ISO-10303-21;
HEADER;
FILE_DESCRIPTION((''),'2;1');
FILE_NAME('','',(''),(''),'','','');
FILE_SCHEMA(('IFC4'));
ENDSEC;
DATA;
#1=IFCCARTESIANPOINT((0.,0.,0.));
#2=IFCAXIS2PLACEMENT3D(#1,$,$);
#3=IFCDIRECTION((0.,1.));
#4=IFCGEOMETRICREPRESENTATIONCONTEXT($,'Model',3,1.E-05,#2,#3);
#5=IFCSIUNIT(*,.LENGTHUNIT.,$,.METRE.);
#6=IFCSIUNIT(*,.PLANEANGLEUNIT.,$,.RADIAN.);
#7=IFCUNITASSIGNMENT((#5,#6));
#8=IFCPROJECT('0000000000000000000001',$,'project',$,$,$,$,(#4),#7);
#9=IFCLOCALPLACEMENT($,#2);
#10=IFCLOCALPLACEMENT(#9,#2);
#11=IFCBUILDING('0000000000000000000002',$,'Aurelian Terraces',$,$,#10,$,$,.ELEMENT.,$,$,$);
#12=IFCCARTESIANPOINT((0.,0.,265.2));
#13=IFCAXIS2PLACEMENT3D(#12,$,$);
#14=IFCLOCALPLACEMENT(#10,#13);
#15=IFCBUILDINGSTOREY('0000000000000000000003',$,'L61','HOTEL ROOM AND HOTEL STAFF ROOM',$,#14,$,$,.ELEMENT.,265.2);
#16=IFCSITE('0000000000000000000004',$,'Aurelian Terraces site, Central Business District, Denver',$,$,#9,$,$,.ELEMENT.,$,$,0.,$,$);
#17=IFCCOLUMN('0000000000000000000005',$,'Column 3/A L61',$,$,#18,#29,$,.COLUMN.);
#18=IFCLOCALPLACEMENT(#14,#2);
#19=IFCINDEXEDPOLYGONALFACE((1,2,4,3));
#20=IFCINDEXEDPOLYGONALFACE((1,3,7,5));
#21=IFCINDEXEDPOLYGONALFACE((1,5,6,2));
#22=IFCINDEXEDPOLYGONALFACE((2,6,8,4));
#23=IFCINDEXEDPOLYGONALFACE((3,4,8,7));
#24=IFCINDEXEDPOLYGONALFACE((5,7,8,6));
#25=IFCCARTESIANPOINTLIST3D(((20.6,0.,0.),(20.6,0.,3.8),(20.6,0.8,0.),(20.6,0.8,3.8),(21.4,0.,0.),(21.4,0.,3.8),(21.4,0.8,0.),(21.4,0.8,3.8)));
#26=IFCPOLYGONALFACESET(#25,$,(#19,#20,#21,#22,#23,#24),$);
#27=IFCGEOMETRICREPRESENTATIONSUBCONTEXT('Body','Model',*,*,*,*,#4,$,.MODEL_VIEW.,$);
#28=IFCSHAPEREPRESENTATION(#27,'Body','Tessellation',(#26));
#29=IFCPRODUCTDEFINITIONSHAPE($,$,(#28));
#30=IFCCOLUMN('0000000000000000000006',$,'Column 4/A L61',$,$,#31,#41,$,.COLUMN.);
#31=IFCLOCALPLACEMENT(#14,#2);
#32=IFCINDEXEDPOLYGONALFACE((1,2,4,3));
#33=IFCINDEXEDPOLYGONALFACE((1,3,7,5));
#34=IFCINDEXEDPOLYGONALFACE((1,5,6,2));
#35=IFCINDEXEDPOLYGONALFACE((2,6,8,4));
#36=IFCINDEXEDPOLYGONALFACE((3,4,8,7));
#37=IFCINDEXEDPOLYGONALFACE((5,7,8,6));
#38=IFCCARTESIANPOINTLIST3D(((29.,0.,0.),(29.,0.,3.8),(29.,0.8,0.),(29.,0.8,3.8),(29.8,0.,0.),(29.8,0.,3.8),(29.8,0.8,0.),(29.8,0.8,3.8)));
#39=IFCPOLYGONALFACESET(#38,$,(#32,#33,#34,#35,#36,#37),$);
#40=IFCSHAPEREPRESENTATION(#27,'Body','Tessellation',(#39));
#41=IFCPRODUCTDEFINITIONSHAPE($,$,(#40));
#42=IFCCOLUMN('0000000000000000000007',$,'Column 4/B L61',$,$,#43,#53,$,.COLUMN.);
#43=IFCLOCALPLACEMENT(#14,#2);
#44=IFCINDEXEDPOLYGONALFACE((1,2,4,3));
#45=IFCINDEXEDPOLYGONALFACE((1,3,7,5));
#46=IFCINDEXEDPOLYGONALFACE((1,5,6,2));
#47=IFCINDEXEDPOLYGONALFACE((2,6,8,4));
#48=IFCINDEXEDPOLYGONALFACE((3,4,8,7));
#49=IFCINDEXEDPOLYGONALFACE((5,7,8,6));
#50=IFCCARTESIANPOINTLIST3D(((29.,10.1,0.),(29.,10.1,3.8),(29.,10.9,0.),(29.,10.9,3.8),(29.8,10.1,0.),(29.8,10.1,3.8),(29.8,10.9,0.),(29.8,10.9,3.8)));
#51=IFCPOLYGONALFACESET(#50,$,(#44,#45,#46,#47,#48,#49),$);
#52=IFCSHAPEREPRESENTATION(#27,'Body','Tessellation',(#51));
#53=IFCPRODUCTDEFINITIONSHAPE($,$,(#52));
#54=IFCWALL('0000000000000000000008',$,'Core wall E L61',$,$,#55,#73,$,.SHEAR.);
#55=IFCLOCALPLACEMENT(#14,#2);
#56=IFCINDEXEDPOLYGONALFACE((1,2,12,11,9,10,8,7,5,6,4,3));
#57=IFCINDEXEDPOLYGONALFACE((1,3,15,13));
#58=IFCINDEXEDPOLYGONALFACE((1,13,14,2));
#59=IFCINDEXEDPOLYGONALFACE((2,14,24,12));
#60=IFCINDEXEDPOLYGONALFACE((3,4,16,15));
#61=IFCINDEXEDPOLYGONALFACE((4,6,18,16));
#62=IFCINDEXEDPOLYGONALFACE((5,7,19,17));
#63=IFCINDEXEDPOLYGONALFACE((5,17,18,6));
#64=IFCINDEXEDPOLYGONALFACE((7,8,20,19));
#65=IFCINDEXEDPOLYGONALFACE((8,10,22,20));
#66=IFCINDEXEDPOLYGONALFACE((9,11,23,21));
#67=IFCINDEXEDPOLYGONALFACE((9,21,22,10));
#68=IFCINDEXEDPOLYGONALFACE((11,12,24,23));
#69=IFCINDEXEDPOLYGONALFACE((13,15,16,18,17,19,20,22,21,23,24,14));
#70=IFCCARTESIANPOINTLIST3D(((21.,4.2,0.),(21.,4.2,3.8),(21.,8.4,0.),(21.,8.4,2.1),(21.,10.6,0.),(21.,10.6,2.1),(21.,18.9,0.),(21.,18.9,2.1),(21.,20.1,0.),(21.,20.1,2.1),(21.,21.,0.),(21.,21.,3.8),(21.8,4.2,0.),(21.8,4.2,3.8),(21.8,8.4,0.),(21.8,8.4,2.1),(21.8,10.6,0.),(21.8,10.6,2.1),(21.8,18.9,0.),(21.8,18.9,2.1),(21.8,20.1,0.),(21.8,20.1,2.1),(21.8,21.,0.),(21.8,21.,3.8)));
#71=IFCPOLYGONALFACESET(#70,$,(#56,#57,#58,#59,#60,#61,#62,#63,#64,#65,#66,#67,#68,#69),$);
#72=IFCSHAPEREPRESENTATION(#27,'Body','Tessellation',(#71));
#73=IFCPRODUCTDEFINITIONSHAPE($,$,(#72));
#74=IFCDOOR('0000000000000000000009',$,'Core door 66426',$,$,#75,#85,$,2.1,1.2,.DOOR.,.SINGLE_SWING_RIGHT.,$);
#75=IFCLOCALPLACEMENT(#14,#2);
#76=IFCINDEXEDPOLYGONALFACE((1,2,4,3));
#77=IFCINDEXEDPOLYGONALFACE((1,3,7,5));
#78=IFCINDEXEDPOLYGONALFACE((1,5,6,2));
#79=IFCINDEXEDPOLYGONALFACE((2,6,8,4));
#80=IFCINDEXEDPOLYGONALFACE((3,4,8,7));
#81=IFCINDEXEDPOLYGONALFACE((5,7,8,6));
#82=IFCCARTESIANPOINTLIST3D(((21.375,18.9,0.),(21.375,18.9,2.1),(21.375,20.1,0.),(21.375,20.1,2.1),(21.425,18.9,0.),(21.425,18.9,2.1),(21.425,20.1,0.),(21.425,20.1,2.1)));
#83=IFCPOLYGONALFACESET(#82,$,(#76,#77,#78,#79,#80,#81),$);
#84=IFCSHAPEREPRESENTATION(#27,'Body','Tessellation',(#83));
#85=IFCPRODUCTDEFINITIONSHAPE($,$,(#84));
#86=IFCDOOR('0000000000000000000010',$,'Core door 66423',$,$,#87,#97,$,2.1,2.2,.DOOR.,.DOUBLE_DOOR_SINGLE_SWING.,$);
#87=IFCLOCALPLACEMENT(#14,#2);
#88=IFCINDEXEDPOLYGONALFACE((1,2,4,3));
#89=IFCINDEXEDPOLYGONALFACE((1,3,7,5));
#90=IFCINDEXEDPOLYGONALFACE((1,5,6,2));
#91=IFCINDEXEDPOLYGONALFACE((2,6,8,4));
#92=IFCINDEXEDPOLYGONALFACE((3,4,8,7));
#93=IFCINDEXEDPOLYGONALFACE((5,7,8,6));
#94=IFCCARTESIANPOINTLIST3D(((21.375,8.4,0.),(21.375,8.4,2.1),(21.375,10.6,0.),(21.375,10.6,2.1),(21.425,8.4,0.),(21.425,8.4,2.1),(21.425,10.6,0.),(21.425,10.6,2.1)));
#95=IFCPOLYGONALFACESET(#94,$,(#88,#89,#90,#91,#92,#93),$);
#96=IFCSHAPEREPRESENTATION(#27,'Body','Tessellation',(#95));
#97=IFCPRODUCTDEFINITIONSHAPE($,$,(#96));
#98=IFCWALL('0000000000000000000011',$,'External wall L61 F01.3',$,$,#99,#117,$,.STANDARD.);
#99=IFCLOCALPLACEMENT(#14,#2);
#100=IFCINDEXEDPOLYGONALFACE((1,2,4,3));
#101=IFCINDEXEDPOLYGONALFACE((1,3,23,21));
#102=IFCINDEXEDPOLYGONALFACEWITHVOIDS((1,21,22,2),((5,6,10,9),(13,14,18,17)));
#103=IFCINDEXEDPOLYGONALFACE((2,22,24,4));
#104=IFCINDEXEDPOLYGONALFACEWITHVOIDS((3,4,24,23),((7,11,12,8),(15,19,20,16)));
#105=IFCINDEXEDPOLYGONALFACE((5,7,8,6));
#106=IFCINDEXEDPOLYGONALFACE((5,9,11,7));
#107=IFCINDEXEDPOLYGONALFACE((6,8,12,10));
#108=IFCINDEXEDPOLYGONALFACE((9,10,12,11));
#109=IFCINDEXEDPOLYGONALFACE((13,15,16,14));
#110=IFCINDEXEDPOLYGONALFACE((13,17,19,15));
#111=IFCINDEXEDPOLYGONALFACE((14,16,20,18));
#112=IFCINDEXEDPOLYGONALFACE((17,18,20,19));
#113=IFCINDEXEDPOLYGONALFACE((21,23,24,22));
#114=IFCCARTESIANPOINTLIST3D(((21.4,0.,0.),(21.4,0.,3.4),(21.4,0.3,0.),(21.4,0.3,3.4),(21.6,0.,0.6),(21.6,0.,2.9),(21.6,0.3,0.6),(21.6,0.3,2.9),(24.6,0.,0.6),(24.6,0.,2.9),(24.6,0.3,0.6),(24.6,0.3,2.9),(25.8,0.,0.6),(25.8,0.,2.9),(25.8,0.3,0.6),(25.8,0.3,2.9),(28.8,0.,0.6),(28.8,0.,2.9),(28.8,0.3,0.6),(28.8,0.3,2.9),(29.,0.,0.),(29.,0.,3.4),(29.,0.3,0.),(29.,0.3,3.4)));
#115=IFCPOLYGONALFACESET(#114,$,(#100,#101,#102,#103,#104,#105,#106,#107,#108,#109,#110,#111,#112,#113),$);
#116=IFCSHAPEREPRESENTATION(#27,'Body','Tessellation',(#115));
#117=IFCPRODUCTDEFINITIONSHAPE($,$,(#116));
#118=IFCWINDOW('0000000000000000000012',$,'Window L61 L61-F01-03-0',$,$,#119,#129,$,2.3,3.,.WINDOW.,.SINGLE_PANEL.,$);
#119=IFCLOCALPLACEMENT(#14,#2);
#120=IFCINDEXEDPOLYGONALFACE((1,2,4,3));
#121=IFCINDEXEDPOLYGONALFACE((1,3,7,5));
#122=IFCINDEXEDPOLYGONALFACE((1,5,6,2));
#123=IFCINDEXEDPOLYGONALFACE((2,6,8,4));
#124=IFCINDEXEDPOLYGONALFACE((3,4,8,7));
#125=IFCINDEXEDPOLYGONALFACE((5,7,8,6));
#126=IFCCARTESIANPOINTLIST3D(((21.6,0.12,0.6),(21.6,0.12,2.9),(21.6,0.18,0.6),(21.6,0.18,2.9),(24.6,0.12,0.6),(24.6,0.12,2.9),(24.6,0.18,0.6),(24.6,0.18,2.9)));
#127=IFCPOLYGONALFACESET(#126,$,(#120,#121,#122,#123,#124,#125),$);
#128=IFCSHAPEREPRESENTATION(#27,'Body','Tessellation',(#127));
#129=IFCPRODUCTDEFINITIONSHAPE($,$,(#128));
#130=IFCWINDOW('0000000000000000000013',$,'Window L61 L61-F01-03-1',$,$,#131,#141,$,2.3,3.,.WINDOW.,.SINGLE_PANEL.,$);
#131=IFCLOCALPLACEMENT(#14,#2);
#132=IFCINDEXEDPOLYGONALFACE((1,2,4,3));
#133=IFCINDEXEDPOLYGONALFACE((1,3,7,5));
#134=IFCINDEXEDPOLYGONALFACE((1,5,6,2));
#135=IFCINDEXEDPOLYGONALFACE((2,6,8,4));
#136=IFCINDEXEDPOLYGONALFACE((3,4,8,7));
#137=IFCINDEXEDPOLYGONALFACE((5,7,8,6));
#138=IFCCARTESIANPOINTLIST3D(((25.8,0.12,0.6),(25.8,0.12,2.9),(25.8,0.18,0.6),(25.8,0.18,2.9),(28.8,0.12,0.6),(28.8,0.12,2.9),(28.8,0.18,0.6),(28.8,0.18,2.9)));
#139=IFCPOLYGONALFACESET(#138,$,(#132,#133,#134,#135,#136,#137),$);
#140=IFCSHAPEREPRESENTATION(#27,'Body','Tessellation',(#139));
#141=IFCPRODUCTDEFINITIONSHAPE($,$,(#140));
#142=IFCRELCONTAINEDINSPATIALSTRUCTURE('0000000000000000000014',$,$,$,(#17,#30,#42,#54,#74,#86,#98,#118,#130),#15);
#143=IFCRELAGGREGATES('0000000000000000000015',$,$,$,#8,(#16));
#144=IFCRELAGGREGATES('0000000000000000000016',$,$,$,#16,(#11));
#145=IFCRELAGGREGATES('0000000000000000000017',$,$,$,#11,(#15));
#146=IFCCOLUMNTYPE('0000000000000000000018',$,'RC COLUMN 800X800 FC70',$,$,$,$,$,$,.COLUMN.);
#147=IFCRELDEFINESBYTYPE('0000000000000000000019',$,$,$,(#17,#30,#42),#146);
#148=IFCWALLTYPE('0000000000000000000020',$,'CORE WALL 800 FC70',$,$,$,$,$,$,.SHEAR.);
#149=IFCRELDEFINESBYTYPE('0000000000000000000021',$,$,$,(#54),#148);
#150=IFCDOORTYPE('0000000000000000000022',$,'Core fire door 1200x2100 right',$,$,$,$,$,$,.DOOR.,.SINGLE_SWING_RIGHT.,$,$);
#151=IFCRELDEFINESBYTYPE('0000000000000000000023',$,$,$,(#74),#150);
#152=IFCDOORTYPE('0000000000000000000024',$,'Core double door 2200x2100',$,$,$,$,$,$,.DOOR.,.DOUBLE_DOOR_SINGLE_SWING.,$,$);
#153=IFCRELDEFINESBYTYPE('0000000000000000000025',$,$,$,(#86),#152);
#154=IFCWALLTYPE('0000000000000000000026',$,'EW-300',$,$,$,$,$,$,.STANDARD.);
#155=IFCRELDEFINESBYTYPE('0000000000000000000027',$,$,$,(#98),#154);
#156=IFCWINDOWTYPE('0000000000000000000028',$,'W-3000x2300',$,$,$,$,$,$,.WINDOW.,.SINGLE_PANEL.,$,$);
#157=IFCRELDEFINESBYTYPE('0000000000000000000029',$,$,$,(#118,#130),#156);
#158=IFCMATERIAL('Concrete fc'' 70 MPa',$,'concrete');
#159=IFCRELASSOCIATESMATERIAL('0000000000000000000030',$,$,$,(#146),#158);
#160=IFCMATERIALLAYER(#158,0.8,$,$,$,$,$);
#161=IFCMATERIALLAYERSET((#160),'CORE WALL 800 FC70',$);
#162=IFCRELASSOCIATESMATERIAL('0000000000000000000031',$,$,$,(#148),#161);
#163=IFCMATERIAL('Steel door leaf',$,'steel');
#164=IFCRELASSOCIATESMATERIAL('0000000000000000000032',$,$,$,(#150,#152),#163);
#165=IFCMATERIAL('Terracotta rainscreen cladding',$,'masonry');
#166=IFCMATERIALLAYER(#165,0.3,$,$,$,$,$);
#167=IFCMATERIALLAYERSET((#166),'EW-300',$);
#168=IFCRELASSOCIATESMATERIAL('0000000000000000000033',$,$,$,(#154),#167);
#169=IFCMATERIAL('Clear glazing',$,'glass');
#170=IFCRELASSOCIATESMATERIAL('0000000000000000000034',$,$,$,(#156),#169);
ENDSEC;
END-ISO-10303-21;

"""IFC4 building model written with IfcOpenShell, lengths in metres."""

from ifc_helpers import new_model, si_unit, direction, frame, frame_2d, origin, origin_2d, place, context, subcontext, project, spatial, rectangle, extrude, source, transform, mapped, material, layer, layer_set, material_profile, profile_set, type_object, element, fill, save


model = new_model("IFC4")

# Units and contexts
model_context = context("Model", 3, precision=1e-05, world=origin(), true_north=direction((0.0, 1.0)))
body_context = subcontext(model_context, "Body", "Model", "MODEL_VIEW")
ifc_project = project(units=[si_unit("LENGTHUNIT", "METRE"), si_unit("PLANEANGLEUNIT", "RADIAN")], contexts=[model_context])

# Site, building, storey
site_placement = place(None, origin())
site = spatial("IfcSite", under=ifc_project, at=site_placement, Name="Aurelian Terraces site, Central Business District, Denver", CompositionType="ELEMENT", RefElevation=0.0)
building_placement = place(site_placement, origin())
building = spatial("IfcBuilding", under=site, at=building_placement, Name="Aurelian Terraces", CompositionType="ELEMENT")
storey_placement = place(building_placement, frame((0.0, 0.0, 265.2)))
storey = spatial("IfcBuildingStorey", under=building, at=storey_placement, Name="L61", Description="HOTEL ROOM AND HOTEL STAFF ROOM", CompositionType="ELEMENT", Elevation=265.2)

# Columns
ifc_material_1 = material(Name="Concrete fc' 70 MPa", Category="concrete")
ifc_material_profile = material_profile(ifc_material_1, rectangle(XDim=0.8, YDim=0.8, at=origin_2d()))
ifc_profile_set = profile_set([ifc_material_profile], Name="Concrete fc' 70 MPa")
column_type = type_object("IfcColumnType", Name="RC COLUMN 800X800 FC70", PredefinedType="COLUMN", material=ifc_profile_set)
shared_shape_1 = source(origin(), body_context, "Body", "SweptSolid", [
    extrude(rectangle(XDim=0.8, YDim=0.8, at=origin_2d()), origin(), (0.0, 0.0, 1.0), 3.8),
])
for number, where, z_axis, x_axis, name in (
    (1, (21.0, 0.4, 0.0), (0.0, 0.0, 1.0), (1.0, 0.0, 0.0), "Column 3/A L61"),
    (2, (29.4, 0.4, 0.0), (0.0, 0.0, 1.0), (1.0, 0.0, 0.0), "Column 4/A L61"),
    (3, (29.4, 10.5, 0.0), (0.0, 0.0, 1.0), (1.0, 0.0, 0.0), "Column 4/B L61"),
):
    element("IfcColumn", number, at=place(storey_placement, frame(where, z_axis=z_axis, x_axis=x_axis)), inside=storey, type_object=column_type, Name=name, PredefinedType="COLUMN", context=body_context, shape_type="MappedRepresentation", body=[
        mapped(shared_shape_1, transform((0.0, 0.0, 0.0), scale=1.0)),
    ])

# Wall, openings, doors
ifc_layer_1 = layer(ifc_material_1, 0.8)
ifc_layer_set_1 = layer_set([ifc_layer_1], Name="CORE WALL 800 FC70")
wall_type_1 = type_object("IfcWallType", Name="CORE WALL 800 FC70", PredefinedType="SHEAR", material=ifc_layer_set_1)
shared_shape_2 = source(origin(), body_context, "Body", "SweptSolid", [
    extrude(rectangle(XDim=16.8, YDim=0.8, at=frame_2d((8.4, 0.0))), origin(), (0.0, 0.0, 1.0), 3.8),
])
wall_1_placement = place(storey_placement, frame((21.4, 4.2, 0.0), z_axis=(0.0, 0.0, 1.0), x_axis=(0.0, 1.0, 0.0)))
wall_1 = element("IfcWall", 4, at=wall_1_placement, inside=storey, type_object=wall_type_1, Name="Core wall E L61", PredefinedType="SHEAR", context=body_context, shape_type="MappedRepresentation", body=[
    mapped(shared_shape_2, transform((0.0, 0.0, 0.0), scale=1.0)),
])
shared_shape_3 = source(origin(), body_context, "Body", "SweptSolid", [
    extrude(rectangle(XDim=2.2, YDim=2.1, at=frame_2d((1.1, 1.05))), frame((0.0, 0.41, 0.0), z_axis=(0.0, -1.0, 0.0), x_axis=(1.0, 0.0, 0.0)), (0.0, 0.0, 1.0), 0.82),
])
opening_1_placement = place(wall_1_placement, frame((4.2, 0.0, 0.0)))
opening_1 = element("IfcOpeningElement", 5, at=opening_1_placement, cuts=wall_1, PredefinedType="OPENING", context=body_context, shape_type="MappedRepresentation", body=[
    mapped(shared_shape_3, transform((0.0, 0.0, 0.0), scale=1.0)),
])
shared_shape_4 = source(origin(), body_context, "Body", "SweptSolid", [
    extrude(rectangle(XDim=1.2, YDim=2.1, at=frame_2d((0.6, 1.05))), frame((0.0, 0.41, 0.0), z_axis=(0.0, -1.0, 0.0), x_axis=(1.0, 0.0, 0.0)), (0.0, 0.0, 1.0), 0.82),
])
opening_2_placement = place(wall_1_placement, frame((14.7, 0.0, 0.0)))
opening_2 = element("IfcOpeningElement", 6, at=opening_2_placement, cuts=wall_1, PredefinedType="OPENING", context=body_context, shape_type="MappedRepresentation", body=[
    mapped(shared_shape_4, transform((0.0, 0.0, 0.0), scale=1.0)),
])
ifc_material_2 = material(Name="Steel door leaf", Category="steel")
door_type_1 = type_object("IfcDoorType", Name="Core fire door 1200x2100 right", OperationType="SINGLE_SWING_RIGHT", PredefinedType="DOOR", material=ifc_material_2)
shared_shape_5 = source(origin(), body_context, "Body", "SweptSolid", [
    extrude(rectangle(XDim=1.2, YDim=2.1, at=frame_2d((0.6, 1.05))), frame((0.0, 0.025, 0.0), z_axis=(0.0, -1.0, 0.0), x_axis=(1.0, 0.0, 0.0)), (0.0, 0.0, 1.0), 0.05),
])
door_1_placement = place(opening_2_placement, origin())
door_1 = element("IfcDoor", 7, at=door_1_placement, inside=storey, type_object=door_type_1, Name="Core door 66426", OperationType="SINGLE_SWING_RIGHT", OverallHeight=2.1, OverallWidth=1.2, PredefinedType="DOOR", context=body_context, shape_type="MappedRepresentation", body=[
    mapped(shared_shape_5, transform((0.0, 0.0, 0.0), scale=1.0)),
])
fill(opening_2, door_1)
door_type_2 = type_object("IfcDoorType", Name="Core double door 2200x2100", OperationType="DOUBLE_DOOR_SINGLE_SWING", PredefinedType="DOOR", material=ifc_material_2)
shared_shape_6 = source(origin(), body_context, "Body", "SweptSolid", [
    extrude(rectangle(XDim=2.2, YDim=2.1, at=frame_2d((1.1, 1.05))), frame((0.0, 0.025, 0.0), z_axis=(0.0, -1.0, 0.0), x_axis=(1.0, 0.0, 0.0)), (0.0, 0.0, 1.0), 0.05),
])
door_2_placement = place(opening_1_placement, origin())
door_2 = element("IfcDoor", 8, at=door_2_placement, inside=storey, type_object=door_type_2, Name="Core door 66423", OperationType="DOUBLE_DOOR_SINGLE_SWING", OverallHeight=2.1, OverallWidth=2.2, PredefinedType="DOOR", context=body_context, shape_type="MappedRepresentation", body=[
    mapped(shared_shape_6, transform((0.0, 0.0, 0.0), scale=1.0)),
])
fill(opening_1, door_2)

# Wall, openings, windows
ifc_material_3 = material(Name="Terracotta rainscreen cladding", Category="masonry")
ifc_layer_2 = layer(ifc_material_3, 0.3)
ifc_layer_set_2 = layer_set([ifc_layer_2], Name="EW-300")
wall_type_2 = type_object("IfcWallType", Name="EW-300", PredefinedType="STANDARD", material=ifc_layer_set_2)
shared_shape_7 = source(origin(), body_context, "Body", "SweptSolid", [
    extrude(rectangle(XDim=7.6, YDim=0.3, at=frame_2d((3.8, 0.0))), origin(), (0.0, 0.0, 1.0), 3.4),
])
wall_2_placement = place(storey_placement, frame((21.4, 0.15, 0.0), z_axis=(0.0, 0.0, 1.0), x_axis=(1.0, 0.0, 0.0)))
wall_2 = element("IfcWall", 9, at=wall_2_placement, inside=storey, type_object=wall_type_2, Name="External wall L61 F01.3", PredefinedType="STANDARD", context=body_context, shape_type="MappedRepresentation", body=[
    mapped(shared_shape_7, transform((0.0, 0.0, 0.0), scale=1.0)),
])
shared_shape_8 = source(origin(), body_context, "Body", "SweptSolid", [
    extrude(rectangle(XDim=3.0, YDim=2.3, at=frame_2d((1.5, 1.15))), frame((0.0, 0.16, 0.0), z_axis=(0.0, -1.0, 0.0), x_axis=(1.0, 0.0, 0.0)), (0.0, 0.0, 1.0), 0.32),
])
opening_3_placement = place(wall_2_placement, frame((0.2, 0.0, 0.6)))
opening_3 = element("IfcOpeningElement", 10, at=opening_3_placement, cuts=wall_2, PredefinedType="OPENING", context=body_context, shape_type="MappedRepresentation", body=[
    mapped(shared_shape_8, transform((0.0, 0.0, 0.0), scale=1.0)),
])
opening_4_placement = place(wall_2_placement, frame((4.4, 0.0, 0.6)))
opening_4 = element("IfcOpeningElement", 11, at=opening_4_placement, cuts=wall_2, PredefinedType="OPENING", context=body_context, shape_type="MappedRepresentation", body=[
    mapped(shared_shape_8, transform((0.0, 0.0, 0.0), scale=1.0)),
])
ifc_material_4 = material(Name="Clear glazing", Category="glass")
window_type_1 = type_object("IfcWindowType", Name="W-3000x2300", PartitioningType="SINGLE_PANEL", PredefinedType="WINDOW", material=ifc_material_4)
shared_shape_9 = source(origin(), body_context, "Body", "SweptSolid", [
    extrude(rectangle(XDim=3.0, YDim=2.3, at=frame_2d((1.5, 1.15))), frame((0.0, 0.03, 0.0), z_axis=(0.0, -1.0, 0.0), x_axis=(1.0, 0.0, 0.0)), (0.0, 0.0, 1.0), 0.06),
])
window_1_placement = place(opening_3_placement, origin())
window_1 = element("IfcWindow", 12, at=window_1_placement, inside=storey, type_object=window_type_1, Name="Window L61 L61-F01-03-0", OverallHeight=2.3, OverallWidth=3.0, PartitioningType="SINGLE_PANEL", PredefinedType="WINDOW", context=body_context, shape_type="MappedRepresentation", body=[
    mapped(shared_shape_9, transform((0.0, 0.0, 0.0), scale=1.0)),
])
fill(opening_3, window_1)
window_2_placement = place(opening_4_placement, origin())
window_2 = element("IfcWindow", 13, at=window_2_placement, inside=storey, type_object=window_type_1, Name="Window L61 L61-F01-03-1", OverallHeight=2.3, OverallWidth=3.0, PartitioningType="SINGLE_PANEL", PredefinedType="WINDOW", context=body_context, shape_type="MappedRepresentation", body=[
    mapped(shared_shape_9, transform((0.0, 0.0, 0.0), scale=1.0)),
])
fill(opening_4, window_2)

save(model, "model.ifc")
